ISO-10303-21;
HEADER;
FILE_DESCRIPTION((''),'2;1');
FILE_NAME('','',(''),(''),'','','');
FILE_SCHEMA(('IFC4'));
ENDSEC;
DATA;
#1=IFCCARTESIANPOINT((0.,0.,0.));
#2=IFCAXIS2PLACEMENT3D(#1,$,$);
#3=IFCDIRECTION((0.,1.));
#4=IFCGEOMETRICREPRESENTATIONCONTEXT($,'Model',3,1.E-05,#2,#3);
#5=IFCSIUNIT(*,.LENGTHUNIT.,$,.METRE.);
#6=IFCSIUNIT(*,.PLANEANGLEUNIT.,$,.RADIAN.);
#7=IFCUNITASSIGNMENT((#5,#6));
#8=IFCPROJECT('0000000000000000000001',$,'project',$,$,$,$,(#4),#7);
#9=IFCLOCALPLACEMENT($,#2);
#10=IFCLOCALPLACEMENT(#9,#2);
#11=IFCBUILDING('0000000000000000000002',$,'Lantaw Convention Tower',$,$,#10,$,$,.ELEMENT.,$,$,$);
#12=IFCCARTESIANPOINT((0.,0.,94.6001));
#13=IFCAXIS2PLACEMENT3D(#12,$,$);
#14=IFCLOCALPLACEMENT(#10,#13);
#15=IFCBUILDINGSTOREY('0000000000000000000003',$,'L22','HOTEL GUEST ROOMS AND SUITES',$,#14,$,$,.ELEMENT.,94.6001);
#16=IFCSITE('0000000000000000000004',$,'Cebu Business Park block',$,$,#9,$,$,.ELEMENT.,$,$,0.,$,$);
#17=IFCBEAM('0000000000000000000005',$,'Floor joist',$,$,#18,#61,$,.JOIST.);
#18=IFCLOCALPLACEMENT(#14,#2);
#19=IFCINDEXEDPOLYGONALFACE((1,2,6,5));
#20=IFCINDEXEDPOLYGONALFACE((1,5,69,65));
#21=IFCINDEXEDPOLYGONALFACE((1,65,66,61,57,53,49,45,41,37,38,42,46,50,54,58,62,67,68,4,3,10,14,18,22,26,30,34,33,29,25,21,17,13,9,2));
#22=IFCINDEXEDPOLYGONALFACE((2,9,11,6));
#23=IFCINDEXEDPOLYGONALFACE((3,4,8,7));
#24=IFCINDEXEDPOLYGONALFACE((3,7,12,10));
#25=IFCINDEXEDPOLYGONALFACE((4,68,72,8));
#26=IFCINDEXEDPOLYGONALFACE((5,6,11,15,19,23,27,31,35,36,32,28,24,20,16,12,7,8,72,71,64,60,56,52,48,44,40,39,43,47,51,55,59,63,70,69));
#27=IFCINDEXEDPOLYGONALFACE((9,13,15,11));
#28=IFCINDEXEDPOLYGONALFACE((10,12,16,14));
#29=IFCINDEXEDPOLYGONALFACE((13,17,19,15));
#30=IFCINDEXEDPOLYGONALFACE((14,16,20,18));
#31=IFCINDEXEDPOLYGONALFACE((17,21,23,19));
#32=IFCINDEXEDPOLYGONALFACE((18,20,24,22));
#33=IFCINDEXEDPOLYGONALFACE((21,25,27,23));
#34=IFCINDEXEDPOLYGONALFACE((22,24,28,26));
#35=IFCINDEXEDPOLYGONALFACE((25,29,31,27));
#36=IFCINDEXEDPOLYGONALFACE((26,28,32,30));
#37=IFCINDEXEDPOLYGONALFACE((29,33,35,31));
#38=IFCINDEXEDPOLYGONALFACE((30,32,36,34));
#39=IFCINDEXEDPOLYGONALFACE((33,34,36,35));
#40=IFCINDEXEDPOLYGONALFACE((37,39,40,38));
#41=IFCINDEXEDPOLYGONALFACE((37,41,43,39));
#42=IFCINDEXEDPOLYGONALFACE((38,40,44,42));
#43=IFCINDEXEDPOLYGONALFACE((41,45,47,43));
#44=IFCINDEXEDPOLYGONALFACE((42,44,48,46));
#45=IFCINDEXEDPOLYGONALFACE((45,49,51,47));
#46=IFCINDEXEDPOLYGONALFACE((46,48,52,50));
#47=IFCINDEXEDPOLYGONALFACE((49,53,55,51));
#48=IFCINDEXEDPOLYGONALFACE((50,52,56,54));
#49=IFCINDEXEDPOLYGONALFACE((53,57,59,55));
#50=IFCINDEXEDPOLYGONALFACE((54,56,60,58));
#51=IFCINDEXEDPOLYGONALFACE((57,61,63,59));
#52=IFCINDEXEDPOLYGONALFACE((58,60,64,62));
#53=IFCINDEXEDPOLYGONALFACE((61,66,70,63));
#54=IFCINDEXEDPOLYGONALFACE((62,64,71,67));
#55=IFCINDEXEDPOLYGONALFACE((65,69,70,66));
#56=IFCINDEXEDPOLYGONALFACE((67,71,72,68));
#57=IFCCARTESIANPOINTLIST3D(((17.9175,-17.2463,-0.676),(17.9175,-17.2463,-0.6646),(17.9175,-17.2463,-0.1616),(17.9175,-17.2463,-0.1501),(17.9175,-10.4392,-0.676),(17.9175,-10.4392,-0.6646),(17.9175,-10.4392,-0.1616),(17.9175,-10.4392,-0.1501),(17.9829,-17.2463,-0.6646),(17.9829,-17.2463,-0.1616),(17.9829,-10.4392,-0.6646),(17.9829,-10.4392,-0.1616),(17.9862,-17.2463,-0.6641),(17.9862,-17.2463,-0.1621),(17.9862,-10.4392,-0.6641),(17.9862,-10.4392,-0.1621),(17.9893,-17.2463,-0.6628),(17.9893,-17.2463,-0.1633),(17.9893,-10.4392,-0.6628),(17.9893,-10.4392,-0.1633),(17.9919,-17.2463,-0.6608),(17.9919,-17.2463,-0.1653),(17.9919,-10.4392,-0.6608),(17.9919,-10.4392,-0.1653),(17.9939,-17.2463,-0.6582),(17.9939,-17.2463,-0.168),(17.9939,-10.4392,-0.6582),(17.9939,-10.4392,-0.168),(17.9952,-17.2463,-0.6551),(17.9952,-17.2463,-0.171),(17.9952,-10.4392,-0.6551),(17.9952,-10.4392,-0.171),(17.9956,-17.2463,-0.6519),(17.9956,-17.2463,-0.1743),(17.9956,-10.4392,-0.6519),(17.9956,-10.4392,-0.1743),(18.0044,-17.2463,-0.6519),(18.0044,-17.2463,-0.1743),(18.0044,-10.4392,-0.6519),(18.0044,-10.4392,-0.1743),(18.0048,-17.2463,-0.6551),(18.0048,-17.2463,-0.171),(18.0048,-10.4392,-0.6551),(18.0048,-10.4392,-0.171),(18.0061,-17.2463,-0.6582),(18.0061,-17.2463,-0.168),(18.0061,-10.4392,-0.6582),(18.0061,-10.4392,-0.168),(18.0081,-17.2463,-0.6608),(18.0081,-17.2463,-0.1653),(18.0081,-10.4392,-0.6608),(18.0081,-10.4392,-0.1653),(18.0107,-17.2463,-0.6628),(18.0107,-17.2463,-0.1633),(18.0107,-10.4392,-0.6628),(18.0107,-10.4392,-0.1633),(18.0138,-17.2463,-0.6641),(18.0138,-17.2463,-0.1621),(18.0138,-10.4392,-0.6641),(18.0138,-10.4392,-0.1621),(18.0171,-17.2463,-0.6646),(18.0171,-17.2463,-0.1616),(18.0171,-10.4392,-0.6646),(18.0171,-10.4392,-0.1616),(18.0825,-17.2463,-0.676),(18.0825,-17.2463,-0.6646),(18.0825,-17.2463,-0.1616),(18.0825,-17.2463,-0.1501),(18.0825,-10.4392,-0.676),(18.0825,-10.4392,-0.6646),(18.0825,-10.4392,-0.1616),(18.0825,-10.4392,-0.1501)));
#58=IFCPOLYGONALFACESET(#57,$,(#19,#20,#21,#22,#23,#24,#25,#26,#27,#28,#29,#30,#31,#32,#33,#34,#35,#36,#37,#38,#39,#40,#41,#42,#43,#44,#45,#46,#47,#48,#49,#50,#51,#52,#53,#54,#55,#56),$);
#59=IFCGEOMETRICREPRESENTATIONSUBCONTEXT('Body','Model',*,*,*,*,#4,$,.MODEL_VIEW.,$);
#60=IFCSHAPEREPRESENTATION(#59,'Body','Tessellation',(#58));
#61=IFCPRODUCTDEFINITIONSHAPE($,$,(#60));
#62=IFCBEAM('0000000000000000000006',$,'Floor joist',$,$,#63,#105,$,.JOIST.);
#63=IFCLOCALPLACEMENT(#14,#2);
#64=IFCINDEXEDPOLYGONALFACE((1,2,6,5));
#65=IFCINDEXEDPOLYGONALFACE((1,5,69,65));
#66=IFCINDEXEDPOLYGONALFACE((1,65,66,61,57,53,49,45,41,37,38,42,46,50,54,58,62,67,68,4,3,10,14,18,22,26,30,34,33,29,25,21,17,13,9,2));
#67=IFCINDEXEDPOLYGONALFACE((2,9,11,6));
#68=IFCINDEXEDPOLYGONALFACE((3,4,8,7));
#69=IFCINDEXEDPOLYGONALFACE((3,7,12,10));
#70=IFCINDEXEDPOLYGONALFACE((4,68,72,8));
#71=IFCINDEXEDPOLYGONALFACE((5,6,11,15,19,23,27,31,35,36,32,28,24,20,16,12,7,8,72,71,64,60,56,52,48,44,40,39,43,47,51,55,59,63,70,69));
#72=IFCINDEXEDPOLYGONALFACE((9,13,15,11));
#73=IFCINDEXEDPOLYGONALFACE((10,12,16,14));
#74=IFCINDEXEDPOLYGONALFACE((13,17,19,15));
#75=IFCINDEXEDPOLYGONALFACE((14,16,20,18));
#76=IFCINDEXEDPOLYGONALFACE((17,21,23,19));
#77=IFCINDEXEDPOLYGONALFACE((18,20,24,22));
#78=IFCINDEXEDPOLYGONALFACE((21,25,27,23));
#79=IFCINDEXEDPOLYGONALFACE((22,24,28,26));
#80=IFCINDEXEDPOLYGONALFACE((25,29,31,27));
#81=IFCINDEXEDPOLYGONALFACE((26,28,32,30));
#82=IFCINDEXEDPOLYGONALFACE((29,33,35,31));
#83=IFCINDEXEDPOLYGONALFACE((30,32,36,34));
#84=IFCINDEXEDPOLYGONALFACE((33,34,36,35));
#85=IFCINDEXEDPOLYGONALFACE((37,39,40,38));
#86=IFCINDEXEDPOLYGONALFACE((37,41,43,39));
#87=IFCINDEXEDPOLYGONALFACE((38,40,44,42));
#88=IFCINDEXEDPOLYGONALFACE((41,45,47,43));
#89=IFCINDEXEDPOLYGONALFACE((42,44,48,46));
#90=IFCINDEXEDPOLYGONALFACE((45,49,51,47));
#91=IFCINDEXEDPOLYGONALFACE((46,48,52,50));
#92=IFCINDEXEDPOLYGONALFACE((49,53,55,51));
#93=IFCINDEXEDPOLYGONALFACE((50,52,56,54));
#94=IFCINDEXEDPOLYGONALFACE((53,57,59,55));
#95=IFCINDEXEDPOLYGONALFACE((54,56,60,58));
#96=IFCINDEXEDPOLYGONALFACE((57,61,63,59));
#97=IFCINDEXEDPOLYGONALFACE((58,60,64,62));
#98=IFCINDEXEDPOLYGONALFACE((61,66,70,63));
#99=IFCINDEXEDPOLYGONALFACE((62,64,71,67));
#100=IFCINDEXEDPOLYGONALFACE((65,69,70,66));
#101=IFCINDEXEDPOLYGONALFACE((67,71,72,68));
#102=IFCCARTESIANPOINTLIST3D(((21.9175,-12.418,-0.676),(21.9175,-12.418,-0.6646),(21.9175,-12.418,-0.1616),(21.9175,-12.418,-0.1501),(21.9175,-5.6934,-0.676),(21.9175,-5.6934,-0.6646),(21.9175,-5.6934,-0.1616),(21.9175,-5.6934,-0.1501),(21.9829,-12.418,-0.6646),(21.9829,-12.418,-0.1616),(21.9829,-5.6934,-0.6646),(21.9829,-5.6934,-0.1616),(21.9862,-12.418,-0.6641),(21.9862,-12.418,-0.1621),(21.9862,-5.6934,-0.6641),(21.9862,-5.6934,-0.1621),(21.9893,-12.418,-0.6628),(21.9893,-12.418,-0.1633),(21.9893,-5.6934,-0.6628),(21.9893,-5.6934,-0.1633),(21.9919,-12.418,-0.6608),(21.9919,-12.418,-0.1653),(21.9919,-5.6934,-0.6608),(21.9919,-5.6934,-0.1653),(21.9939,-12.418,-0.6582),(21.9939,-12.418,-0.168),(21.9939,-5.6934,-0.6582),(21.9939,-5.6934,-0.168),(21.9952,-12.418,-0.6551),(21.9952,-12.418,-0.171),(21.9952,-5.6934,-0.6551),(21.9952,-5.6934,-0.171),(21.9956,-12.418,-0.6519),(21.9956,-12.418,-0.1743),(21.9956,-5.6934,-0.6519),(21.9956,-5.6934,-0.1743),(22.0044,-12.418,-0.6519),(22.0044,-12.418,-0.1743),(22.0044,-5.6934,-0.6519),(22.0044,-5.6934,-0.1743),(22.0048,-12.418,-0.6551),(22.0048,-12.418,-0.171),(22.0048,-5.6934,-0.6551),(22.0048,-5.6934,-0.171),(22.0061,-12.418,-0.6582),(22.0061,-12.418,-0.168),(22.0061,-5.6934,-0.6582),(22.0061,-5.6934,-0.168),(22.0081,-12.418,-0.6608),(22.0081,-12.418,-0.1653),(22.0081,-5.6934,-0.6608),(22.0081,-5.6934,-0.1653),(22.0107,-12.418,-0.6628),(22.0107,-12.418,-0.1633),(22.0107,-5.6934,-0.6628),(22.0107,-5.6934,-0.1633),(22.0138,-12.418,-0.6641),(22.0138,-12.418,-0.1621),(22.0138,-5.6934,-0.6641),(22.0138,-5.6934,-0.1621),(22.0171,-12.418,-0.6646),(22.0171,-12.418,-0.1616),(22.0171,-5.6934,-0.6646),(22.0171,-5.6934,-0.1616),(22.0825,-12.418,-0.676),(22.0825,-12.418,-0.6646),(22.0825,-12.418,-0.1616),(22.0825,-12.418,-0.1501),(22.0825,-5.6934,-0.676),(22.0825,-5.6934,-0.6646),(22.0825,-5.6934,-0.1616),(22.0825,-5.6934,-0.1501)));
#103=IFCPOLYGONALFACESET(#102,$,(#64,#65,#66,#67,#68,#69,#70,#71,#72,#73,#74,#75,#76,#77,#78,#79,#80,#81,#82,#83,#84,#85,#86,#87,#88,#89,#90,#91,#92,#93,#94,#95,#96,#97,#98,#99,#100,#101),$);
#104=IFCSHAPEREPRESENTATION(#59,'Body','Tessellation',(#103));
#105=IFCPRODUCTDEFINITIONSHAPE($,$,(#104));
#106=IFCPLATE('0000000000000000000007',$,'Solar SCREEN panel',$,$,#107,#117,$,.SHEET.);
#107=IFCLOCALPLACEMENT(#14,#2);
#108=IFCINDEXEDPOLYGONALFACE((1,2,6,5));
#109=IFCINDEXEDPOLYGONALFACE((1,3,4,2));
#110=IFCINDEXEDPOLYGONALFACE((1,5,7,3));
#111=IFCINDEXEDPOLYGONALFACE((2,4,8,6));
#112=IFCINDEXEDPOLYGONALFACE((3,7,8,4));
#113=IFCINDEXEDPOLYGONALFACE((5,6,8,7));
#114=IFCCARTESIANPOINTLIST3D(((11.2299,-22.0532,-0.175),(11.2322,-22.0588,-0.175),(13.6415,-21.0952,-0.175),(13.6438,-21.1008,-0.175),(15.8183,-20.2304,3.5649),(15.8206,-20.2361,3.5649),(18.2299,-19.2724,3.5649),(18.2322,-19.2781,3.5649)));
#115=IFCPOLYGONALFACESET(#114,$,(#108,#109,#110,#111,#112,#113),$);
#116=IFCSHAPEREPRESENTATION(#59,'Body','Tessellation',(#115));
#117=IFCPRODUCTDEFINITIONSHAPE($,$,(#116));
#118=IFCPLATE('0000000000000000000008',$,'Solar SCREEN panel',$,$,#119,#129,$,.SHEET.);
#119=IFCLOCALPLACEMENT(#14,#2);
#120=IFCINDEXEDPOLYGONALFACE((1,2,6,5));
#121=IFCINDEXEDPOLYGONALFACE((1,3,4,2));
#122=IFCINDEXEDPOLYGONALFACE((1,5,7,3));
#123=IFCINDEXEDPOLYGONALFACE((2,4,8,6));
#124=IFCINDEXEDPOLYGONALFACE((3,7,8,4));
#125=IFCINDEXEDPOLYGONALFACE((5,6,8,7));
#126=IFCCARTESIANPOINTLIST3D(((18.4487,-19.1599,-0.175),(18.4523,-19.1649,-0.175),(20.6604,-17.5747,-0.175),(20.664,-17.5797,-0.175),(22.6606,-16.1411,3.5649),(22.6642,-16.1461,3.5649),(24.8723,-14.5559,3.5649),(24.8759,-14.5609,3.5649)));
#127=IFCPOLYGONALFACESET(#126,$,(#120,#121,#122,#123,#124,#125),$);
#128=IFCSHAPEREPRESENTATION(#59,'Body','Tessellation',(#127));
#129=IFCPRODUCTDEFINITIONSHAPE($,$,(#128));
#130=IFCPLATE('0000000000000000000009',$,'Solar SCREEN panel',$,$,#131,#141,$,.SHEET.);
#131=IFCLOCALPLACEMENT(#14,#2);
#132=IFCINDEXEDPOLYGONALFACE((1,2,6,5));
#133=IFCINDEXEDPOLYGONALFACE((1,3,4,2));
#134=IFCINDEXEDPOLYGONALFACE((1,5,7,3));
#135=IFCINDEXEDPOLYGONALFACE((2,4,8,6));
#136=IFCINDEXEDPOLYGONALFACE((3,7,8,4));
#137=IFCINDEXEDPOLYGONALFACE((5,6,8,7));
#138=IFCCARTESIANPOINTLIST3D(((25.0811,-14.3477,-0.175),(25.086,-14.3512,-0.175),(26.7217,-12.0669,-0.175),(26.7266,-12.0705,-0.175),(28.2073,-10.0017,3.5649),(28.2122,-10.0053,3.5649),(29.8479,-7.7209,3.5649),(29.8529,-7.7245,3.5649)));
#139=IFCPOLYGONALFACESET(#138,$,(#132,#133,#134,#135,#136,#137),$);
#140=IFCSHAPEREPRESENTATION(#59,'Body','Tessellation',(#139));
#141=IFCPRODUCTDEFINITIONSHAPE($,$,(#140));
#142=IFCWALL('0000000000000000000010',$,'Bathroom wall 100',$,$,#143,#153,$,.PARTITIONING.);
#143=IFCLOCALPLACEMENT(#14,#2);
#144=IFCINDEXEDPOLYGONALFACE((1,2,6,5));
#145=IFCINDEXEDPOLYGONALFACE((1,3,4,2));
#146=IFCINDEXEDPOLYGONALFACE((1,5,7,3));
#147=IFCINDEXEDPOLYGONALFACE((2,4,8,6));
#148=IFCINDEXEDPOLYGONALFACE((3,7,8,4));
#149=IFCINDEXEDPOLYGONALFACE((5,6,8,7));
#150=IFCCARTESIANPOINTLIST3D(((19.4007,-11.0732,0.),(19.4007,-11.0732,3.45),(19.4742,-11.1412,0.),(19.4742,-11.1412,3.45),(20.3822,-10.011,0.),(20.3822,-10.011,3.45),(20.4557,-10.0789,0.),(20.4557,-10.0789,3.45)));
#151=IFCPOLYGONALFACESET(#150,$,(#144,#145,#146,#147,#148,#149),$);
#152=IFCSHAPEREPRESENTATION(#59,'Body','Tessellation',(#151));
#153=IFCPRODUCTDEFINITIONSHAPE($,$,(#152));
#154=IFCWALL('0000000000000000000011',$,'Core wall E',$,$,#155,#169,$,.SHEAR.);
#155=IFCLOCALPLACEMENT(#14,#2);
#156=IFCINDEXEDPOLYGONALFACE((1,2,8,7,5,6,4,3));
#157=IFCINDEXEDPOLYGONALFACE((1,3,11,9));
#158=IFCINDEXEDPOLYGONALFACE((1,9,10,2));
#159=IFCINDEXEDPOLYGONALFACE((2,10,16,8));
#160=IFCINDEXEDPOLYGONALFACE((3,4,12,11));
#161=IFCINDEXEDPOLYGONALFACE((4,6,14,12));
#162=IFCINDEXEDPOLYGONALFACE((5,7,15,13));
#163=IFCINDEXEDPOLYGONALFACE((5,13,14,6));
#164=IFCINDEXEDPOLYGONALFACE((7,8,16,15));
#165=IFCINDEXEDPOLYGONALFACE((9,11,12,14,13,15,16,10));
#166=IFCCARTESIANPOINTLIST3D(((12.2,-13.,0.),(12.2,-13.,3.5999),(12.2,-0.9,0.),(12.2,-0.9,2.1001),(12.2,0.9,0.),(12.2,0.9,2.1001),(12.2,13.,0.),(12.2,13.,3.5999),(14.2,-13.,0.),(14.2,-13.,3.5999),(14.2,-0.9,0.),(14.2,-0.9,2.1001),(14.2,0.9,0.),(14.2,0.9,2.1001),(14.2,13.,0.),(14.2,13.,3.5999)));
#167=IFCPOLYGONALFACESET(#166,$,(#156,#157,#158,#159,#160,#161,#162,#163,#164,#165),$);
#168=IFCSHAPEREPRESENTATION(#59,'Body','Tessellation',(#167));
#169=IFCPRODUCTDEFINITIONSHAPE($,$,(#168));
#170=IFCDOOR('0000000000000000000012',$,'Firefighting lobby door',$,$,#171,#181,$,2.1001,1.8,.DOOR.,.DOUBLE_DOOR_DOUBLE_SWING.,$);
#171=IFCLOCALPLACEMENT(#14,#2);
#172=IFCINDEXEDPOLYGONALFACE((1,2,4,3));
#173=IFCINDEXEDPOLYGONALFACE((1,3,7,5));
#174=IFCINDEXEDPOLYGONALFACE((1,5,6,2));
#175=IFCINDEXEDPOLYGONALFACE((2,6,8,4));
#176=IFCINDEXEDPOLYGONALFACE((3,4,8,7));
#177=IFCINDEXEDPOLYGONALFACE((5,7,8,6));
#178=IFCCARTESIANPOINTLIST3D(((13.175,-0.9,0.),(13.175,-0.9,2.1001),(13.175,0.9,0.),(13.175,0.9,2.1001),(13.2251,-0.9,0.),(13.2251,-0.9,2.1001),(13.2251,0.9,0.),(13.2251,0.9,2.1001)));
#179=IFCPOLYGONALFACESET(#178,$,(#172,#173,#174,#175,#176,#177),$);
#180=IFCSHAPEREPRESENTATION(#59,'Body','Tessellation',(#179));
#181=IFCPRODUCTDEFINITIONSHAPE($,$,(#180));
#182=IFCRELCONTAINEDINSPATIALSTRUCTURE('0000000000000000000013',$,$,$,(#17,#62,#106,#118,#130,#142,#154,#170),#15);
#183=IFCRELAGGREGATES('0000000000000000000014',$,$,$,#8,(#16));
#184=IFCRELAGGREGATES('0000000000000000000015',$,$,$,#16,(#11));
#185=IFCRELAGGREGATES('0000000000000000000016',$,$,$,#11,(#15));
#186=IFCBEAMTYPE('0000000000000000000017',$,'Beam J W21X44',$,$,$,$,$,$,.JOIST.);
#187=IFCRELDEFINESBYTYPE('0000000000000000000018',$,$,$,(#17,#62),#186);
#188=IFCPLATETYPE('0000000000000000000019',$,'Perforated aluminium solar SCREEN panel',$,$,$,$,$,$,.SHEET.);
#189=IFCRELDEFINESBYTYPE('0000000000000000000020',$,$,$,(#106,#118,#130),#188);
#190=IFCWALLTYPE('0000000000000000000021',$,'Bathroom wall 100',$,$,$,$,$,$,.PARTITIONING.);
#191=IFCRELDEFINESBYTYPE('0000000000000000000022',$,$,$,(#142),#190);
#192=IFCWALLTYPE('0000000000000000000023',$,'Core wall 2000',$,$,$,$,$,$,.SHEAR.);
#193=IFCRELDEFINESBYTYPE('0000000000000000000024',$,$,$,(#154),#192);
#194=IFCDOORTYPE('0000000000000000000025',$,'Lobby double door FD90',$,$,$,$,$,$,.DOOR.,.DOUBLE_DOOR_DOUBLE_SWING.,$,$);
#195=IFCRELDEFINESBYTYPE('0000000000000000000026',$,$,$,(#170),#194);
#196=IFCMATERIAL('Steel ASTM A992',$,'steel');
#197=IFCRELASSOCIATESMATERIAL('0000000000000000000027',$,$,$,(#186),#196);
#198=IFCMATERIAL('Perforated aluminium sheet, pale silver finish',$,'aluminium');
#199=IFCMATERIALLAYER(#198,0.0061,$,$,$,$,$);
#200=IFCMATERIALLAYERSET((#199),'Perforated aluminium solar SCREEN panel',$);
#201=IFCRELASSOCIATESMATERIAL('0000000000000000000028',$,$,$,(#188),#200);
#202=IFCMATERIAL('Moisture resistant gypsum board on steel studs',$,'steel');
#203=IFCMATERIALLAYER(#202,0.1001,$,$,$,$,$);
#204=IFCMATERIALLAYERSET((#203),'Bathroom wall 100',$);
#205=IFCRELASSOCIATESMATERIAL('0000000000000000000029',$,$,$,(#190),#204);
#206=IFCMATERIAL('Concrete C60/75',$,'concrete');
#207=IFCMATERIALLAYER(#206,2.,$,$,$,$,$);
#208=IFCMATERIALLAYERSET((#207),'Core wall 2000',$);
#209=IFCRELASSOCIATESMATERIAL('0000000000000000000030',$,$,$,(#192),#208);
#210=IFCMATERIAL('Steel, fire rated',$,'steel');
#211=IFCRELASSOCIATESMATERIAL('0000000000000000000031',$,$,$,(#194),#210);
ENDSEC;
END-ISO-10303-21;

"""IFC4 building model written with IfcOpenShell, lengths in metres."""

from ifc_helpers import new_model, si_unit, direction, frame, frame_2d, origin, origin_2d, place, context, subcontext, project, spatial, polyline, rectangle, i_section, outline, extrude, material, layer, layer_set, material_profile, profile_set, type_object, element, fill, save


model = new_model("IFC4")

# Units and contexts
model_context = context("Model", 3, precision=1e-05, world=origin(), true_north=direction((0.0, 1.0)))
body_context = subcontext(model_context, "Body", "Model", "MODEL_VIEW")
ifc_project = project(units=[si_unit("LENGTHUNIT", "METRE"), si_unit("PLANEANGLEUNIT", "RADIAN")], contexts=[model_context])

# Site, building, storey
site_placement = place(None, origin())
site = spatial("IfcSite", under=ifc_project, at=site_placement, Name="Cebu Business Park block", CompositionType="ELEMENT", RefElevation=0.0)
building_placement = place(site_placement, origin())
building = spatial("IfcBuilding", under=site, at=building_placement, Name="Lantaw Convention Tower", CompositionType="ELEMENT")
storey_placement = place(building_placement, frame((0.0, 0.0, 94.6001)))
storey = spatial("IfcBuildingStorey", under=building, at=storey_placement, Name="L22", Description="HOTEL GUEST ROOMS AND SUITES", CompositionType="ELEMENT", Elevation=94.6001)

# Shared definitions
ifc_material_1 = material(Name="Concrete C60/75", Category="concrete")

# Beams
ifc_material_2 = material(Name="Steel ASTM A992", Category="steel")
ifc_material_profile_1 = material_profile(ifc_material_2, i_section(OverallWidth=0.165, OverallDepth=0.5259, WebThickness=0.0088, FlangeThickness=0.0115, FilletRadius=0.0127, at=origin_2d()), Name="W21X44")
ifc_profile_set_1 = profile_set([ifc_material_profile_1], Name="Steel ASTM A992")
beam_type_1 = type_object("IfcBeamType", Name="Beam J W21X44", PredefinedType="JOIST", material=ifc_profile_set_1)
beam_1_placement = place(storey_placement, frame((18.0, -17.2463, -0.4131), z_axis=(0.0, 1.0, 0.0), x_axis=(-1.0, 0.0, 0.0)))
element("IfcBeam", 1, at=beam_1_placement, inside=storey, type_object=beam_type_1, Name="Floor joist", PredefinedType="JOIST", context=body_context, shape_type="SweptSolid", body=[
    extrude(i_section(OverallWidth=0.165, OverallDepth=0.5259, WebThickness=0.0088, FlangeThickness=0.0115, FilletRadius=0.0127, at=origin_2d()), origin(), (0.0, 0.0, 1.0), 6.8071),
])
beam_2_placement = place(storey_placement, frame((22.0, -12.418, -0.4131), z_axis=(0.0, 1.0, 0.0), x_axis=(-1.0, 0.0, 0.0)))
element("IfcBeam", 2, at=beam_2_placement, inside=storey, type_object=beam_type_1, Name="Floor joist", PredefinedType="JOIST", context=body_context, shape_type="SweptSolid", body=[
    extrude(i_section(OverallWidth=0.165, OverallDepth=0.5259, WebThickness=0.0088, FlangeThickness=0.0115, FilletRadius=0.0127, at=origin_2d()), origin(), (0.0, 0.0, 1.0), 6.7246),
])

# Plates
ifc_material_3 = material(Name="Perforated aluminium sheet, pale silver finish", Category="aluminium")
ifc_layer_1 = layer(ifc_material_3, 0.0061)
ifc_layer_set_1 = layer_set([ifc_layer_1], Name="Perforated aluminium solar SCREEN panel")
plate_type = type_object("IfcPlateType", Name="Perforated aluminium solar SCREEN panel", PredefinedType="SHEET", material=ifc_layer_set_1)
plate_1_placement = place(storey_placement, frame((11.2322, -22.0588, -0.175), z_axis=(0.369184, -0.929357, 0.000009), x_axis=(0.929357, 0.369184, 0.0)))
element("IfcPlate", 3, at=plate_1_placement, inside=storey, type_object=plate_type, Name="Solar SCREEN panel", PredefinedType="SHEET", context=body_context, shape_type="SweptSolid", body=[
    extrude(outline(polyline([(0.0, 0.0), (2.5949, 0.0), (7.5321, 3.74), (4.9372, 3.74), (0.0, 0.0)])), origin(), (0.0, 0.0, -1.0), 0.0061),
])
plate_2_placement = place(storey_placement, frame((18.4487, -19.1599, -0.175), z_axis=(-0.582561, 0.812787, 0.000016), x_axis=(0.812787, 0.582561, 0.0)))
element("IfcPlate", 4, at=plate_2_placement, inside=storey, type_object=plate_type, Name="Solar SCREEN panel", PredefinedType="SHEET", context=body_context, shape_type="SweptSolid", body=[
    extrude(outline(polyline([(0.0, 0.0), (2.7211, 0.0), (7.9031, -3.74), (5.182, -3.74), (0.0, 0.0)])), origin(), (0.0, 0.0, -1.0), 0.0061),
])
plate_3_placement = place(storey_placement, frame((25.0811, -14.3477, -0.175), z_axis=(-0.811791, 0.583948, 0.000009), x_axis=(0.583948, 0.811791, 0.0)))
element("IfcPlate", 5, at=plate_3_placement, inside=storey, type_object=plate_type, Name="Solar SCREEN panel", PredefinedType="SHEET", context=body_context, shape_type="SweptSolid", body=[
    extrude(outline(polyline([(0.0, 0.0), (2.8095, 0.0), (8.1631, -3.74), (5.3536, -3.74), (0.0, 0.0)])), origin(), (0.0, 0.0, -1.0), 0.0061),
])

# Wall
ifc_material_4 = material(Name="Moisture resistant gypsum board on steel studs", Category="steel")
ifc_layer_2 = layer(ifc_material_4, 0.1001)
ifc_layer_set_2 = layer_set([ifc_layer_2], Name="Bathroom wall 100")
wall_type_1 = type_object("IfcWallType", Name="Bathroom wall 100", PredefinedType="PARTITIONING", material=ifc_layer_set_2)
wall_1_placement = place(storey_placement, frame((20.4189, -10.0449, 0.0), z_axis=(0.0, 0.0, 1.0), x_axis=(-0.678617, -0.734493, 0.0)))
element("IfcWall", 6, at=wall_1_placement, inside=storey, type_object=wall_type_1, Name="Bathroom wall 100", PredefinedType="PARTITIONING", context=body_context, shape_type="SweptSolid", body=[
    extrude(rectangle(XDim=1.4463, YDim=0.1001, at=frame_2d((0.7231, 0.0))), origin(), (0.0, 0.0, 1.0), 3.45),
])

# Wall, opening, door
ifc_layer_3 = layer(ifc_material_1, 2.0)
ifc_layer_set_3 = layer_set([ifc_layer_3], Name="Core wall 2000")
wall_type_2 = type_object("IfcWallType", Name="Core wall 2000", PredefinedType="SHEAR", material=ifc_layer_set_3)
wall_2_placement = place(storey_placement, frame((13.2, -13.0, 0.0), z_axis=(0.0, 0.0, 1.0), x_axis=(0.0, 1.0, 0.0)))
wall_2 = element("IfcWall", 7, at=wall_2_placement, inside=storey, type_object=wall_type_2, Name="Core wall E", PredefinedType="SHEAR", context=body_context, shape_type="SweptSolid", body=[
    extrude(rectangle(XDim=26.0, YDim=2.0, at=frame_2d((13.0, 0.0))), origin(), (0.0, 0.0, 1.0), 3.5999),
])
opening_1_placement = place(wall_2_placement, frame((12.1001, 0.0, 0.0)))
opening_1 = element("IfcOpeningElement", 8, at=opening_1_placement, cuts=wall_2, PredefinedType="OPENING", context=body_context, shape_type="SweptSolid", body=[
    extrude(rectangle(XDim=1.8, YDim=2.1001, at=frame_2d((0.8999, 1.05))), frame((0.0, 1.01, 0.0), z_axis=(0.0, -1.0, 0.0), x_axis=(1.0, 0.0, 0.0)), (0.0, 0.0, 1.0), 2.02),
])
ifc_material_5 = material(Name="Steel, fire rated", Category="steel")
door_type_1 = type_object("IfcDoorType", Name="Lobby double door FD90", OperationType="DOUBLE_DOOR_DOUBLE_SWING", PredefinedType="DOOR", material=ifc_material_5)
door_1_placement = place(opening_1_placement, origin())
door_1 = element("IfcDoor", 9, at=door_1_placement, inside=storey, type_object=door_type_1, Name="Firefighting lobby door", OperationType="DOUBLE_DOOR_DOUBLE_SWING", OverallHeight=2.1001, OverallWidth=1.8, PredefinedType="DOOR", context=body_context, shape_type="SweptSolid", body=[
    extrude(rectangle(XDim=1.8, YDim=2.1001, at=frame_2d((0.8999, 1.05))), frame((0.0, 0.0249, 0.0), z_axis=(0.0, -1.0, 0.0), x_axis=(1.0, 0.0, 0.0)), (0.0, 0.0, 1.0), 0.05),
])
fill(opening_1, door_1)

save(model, "model.ifc")
